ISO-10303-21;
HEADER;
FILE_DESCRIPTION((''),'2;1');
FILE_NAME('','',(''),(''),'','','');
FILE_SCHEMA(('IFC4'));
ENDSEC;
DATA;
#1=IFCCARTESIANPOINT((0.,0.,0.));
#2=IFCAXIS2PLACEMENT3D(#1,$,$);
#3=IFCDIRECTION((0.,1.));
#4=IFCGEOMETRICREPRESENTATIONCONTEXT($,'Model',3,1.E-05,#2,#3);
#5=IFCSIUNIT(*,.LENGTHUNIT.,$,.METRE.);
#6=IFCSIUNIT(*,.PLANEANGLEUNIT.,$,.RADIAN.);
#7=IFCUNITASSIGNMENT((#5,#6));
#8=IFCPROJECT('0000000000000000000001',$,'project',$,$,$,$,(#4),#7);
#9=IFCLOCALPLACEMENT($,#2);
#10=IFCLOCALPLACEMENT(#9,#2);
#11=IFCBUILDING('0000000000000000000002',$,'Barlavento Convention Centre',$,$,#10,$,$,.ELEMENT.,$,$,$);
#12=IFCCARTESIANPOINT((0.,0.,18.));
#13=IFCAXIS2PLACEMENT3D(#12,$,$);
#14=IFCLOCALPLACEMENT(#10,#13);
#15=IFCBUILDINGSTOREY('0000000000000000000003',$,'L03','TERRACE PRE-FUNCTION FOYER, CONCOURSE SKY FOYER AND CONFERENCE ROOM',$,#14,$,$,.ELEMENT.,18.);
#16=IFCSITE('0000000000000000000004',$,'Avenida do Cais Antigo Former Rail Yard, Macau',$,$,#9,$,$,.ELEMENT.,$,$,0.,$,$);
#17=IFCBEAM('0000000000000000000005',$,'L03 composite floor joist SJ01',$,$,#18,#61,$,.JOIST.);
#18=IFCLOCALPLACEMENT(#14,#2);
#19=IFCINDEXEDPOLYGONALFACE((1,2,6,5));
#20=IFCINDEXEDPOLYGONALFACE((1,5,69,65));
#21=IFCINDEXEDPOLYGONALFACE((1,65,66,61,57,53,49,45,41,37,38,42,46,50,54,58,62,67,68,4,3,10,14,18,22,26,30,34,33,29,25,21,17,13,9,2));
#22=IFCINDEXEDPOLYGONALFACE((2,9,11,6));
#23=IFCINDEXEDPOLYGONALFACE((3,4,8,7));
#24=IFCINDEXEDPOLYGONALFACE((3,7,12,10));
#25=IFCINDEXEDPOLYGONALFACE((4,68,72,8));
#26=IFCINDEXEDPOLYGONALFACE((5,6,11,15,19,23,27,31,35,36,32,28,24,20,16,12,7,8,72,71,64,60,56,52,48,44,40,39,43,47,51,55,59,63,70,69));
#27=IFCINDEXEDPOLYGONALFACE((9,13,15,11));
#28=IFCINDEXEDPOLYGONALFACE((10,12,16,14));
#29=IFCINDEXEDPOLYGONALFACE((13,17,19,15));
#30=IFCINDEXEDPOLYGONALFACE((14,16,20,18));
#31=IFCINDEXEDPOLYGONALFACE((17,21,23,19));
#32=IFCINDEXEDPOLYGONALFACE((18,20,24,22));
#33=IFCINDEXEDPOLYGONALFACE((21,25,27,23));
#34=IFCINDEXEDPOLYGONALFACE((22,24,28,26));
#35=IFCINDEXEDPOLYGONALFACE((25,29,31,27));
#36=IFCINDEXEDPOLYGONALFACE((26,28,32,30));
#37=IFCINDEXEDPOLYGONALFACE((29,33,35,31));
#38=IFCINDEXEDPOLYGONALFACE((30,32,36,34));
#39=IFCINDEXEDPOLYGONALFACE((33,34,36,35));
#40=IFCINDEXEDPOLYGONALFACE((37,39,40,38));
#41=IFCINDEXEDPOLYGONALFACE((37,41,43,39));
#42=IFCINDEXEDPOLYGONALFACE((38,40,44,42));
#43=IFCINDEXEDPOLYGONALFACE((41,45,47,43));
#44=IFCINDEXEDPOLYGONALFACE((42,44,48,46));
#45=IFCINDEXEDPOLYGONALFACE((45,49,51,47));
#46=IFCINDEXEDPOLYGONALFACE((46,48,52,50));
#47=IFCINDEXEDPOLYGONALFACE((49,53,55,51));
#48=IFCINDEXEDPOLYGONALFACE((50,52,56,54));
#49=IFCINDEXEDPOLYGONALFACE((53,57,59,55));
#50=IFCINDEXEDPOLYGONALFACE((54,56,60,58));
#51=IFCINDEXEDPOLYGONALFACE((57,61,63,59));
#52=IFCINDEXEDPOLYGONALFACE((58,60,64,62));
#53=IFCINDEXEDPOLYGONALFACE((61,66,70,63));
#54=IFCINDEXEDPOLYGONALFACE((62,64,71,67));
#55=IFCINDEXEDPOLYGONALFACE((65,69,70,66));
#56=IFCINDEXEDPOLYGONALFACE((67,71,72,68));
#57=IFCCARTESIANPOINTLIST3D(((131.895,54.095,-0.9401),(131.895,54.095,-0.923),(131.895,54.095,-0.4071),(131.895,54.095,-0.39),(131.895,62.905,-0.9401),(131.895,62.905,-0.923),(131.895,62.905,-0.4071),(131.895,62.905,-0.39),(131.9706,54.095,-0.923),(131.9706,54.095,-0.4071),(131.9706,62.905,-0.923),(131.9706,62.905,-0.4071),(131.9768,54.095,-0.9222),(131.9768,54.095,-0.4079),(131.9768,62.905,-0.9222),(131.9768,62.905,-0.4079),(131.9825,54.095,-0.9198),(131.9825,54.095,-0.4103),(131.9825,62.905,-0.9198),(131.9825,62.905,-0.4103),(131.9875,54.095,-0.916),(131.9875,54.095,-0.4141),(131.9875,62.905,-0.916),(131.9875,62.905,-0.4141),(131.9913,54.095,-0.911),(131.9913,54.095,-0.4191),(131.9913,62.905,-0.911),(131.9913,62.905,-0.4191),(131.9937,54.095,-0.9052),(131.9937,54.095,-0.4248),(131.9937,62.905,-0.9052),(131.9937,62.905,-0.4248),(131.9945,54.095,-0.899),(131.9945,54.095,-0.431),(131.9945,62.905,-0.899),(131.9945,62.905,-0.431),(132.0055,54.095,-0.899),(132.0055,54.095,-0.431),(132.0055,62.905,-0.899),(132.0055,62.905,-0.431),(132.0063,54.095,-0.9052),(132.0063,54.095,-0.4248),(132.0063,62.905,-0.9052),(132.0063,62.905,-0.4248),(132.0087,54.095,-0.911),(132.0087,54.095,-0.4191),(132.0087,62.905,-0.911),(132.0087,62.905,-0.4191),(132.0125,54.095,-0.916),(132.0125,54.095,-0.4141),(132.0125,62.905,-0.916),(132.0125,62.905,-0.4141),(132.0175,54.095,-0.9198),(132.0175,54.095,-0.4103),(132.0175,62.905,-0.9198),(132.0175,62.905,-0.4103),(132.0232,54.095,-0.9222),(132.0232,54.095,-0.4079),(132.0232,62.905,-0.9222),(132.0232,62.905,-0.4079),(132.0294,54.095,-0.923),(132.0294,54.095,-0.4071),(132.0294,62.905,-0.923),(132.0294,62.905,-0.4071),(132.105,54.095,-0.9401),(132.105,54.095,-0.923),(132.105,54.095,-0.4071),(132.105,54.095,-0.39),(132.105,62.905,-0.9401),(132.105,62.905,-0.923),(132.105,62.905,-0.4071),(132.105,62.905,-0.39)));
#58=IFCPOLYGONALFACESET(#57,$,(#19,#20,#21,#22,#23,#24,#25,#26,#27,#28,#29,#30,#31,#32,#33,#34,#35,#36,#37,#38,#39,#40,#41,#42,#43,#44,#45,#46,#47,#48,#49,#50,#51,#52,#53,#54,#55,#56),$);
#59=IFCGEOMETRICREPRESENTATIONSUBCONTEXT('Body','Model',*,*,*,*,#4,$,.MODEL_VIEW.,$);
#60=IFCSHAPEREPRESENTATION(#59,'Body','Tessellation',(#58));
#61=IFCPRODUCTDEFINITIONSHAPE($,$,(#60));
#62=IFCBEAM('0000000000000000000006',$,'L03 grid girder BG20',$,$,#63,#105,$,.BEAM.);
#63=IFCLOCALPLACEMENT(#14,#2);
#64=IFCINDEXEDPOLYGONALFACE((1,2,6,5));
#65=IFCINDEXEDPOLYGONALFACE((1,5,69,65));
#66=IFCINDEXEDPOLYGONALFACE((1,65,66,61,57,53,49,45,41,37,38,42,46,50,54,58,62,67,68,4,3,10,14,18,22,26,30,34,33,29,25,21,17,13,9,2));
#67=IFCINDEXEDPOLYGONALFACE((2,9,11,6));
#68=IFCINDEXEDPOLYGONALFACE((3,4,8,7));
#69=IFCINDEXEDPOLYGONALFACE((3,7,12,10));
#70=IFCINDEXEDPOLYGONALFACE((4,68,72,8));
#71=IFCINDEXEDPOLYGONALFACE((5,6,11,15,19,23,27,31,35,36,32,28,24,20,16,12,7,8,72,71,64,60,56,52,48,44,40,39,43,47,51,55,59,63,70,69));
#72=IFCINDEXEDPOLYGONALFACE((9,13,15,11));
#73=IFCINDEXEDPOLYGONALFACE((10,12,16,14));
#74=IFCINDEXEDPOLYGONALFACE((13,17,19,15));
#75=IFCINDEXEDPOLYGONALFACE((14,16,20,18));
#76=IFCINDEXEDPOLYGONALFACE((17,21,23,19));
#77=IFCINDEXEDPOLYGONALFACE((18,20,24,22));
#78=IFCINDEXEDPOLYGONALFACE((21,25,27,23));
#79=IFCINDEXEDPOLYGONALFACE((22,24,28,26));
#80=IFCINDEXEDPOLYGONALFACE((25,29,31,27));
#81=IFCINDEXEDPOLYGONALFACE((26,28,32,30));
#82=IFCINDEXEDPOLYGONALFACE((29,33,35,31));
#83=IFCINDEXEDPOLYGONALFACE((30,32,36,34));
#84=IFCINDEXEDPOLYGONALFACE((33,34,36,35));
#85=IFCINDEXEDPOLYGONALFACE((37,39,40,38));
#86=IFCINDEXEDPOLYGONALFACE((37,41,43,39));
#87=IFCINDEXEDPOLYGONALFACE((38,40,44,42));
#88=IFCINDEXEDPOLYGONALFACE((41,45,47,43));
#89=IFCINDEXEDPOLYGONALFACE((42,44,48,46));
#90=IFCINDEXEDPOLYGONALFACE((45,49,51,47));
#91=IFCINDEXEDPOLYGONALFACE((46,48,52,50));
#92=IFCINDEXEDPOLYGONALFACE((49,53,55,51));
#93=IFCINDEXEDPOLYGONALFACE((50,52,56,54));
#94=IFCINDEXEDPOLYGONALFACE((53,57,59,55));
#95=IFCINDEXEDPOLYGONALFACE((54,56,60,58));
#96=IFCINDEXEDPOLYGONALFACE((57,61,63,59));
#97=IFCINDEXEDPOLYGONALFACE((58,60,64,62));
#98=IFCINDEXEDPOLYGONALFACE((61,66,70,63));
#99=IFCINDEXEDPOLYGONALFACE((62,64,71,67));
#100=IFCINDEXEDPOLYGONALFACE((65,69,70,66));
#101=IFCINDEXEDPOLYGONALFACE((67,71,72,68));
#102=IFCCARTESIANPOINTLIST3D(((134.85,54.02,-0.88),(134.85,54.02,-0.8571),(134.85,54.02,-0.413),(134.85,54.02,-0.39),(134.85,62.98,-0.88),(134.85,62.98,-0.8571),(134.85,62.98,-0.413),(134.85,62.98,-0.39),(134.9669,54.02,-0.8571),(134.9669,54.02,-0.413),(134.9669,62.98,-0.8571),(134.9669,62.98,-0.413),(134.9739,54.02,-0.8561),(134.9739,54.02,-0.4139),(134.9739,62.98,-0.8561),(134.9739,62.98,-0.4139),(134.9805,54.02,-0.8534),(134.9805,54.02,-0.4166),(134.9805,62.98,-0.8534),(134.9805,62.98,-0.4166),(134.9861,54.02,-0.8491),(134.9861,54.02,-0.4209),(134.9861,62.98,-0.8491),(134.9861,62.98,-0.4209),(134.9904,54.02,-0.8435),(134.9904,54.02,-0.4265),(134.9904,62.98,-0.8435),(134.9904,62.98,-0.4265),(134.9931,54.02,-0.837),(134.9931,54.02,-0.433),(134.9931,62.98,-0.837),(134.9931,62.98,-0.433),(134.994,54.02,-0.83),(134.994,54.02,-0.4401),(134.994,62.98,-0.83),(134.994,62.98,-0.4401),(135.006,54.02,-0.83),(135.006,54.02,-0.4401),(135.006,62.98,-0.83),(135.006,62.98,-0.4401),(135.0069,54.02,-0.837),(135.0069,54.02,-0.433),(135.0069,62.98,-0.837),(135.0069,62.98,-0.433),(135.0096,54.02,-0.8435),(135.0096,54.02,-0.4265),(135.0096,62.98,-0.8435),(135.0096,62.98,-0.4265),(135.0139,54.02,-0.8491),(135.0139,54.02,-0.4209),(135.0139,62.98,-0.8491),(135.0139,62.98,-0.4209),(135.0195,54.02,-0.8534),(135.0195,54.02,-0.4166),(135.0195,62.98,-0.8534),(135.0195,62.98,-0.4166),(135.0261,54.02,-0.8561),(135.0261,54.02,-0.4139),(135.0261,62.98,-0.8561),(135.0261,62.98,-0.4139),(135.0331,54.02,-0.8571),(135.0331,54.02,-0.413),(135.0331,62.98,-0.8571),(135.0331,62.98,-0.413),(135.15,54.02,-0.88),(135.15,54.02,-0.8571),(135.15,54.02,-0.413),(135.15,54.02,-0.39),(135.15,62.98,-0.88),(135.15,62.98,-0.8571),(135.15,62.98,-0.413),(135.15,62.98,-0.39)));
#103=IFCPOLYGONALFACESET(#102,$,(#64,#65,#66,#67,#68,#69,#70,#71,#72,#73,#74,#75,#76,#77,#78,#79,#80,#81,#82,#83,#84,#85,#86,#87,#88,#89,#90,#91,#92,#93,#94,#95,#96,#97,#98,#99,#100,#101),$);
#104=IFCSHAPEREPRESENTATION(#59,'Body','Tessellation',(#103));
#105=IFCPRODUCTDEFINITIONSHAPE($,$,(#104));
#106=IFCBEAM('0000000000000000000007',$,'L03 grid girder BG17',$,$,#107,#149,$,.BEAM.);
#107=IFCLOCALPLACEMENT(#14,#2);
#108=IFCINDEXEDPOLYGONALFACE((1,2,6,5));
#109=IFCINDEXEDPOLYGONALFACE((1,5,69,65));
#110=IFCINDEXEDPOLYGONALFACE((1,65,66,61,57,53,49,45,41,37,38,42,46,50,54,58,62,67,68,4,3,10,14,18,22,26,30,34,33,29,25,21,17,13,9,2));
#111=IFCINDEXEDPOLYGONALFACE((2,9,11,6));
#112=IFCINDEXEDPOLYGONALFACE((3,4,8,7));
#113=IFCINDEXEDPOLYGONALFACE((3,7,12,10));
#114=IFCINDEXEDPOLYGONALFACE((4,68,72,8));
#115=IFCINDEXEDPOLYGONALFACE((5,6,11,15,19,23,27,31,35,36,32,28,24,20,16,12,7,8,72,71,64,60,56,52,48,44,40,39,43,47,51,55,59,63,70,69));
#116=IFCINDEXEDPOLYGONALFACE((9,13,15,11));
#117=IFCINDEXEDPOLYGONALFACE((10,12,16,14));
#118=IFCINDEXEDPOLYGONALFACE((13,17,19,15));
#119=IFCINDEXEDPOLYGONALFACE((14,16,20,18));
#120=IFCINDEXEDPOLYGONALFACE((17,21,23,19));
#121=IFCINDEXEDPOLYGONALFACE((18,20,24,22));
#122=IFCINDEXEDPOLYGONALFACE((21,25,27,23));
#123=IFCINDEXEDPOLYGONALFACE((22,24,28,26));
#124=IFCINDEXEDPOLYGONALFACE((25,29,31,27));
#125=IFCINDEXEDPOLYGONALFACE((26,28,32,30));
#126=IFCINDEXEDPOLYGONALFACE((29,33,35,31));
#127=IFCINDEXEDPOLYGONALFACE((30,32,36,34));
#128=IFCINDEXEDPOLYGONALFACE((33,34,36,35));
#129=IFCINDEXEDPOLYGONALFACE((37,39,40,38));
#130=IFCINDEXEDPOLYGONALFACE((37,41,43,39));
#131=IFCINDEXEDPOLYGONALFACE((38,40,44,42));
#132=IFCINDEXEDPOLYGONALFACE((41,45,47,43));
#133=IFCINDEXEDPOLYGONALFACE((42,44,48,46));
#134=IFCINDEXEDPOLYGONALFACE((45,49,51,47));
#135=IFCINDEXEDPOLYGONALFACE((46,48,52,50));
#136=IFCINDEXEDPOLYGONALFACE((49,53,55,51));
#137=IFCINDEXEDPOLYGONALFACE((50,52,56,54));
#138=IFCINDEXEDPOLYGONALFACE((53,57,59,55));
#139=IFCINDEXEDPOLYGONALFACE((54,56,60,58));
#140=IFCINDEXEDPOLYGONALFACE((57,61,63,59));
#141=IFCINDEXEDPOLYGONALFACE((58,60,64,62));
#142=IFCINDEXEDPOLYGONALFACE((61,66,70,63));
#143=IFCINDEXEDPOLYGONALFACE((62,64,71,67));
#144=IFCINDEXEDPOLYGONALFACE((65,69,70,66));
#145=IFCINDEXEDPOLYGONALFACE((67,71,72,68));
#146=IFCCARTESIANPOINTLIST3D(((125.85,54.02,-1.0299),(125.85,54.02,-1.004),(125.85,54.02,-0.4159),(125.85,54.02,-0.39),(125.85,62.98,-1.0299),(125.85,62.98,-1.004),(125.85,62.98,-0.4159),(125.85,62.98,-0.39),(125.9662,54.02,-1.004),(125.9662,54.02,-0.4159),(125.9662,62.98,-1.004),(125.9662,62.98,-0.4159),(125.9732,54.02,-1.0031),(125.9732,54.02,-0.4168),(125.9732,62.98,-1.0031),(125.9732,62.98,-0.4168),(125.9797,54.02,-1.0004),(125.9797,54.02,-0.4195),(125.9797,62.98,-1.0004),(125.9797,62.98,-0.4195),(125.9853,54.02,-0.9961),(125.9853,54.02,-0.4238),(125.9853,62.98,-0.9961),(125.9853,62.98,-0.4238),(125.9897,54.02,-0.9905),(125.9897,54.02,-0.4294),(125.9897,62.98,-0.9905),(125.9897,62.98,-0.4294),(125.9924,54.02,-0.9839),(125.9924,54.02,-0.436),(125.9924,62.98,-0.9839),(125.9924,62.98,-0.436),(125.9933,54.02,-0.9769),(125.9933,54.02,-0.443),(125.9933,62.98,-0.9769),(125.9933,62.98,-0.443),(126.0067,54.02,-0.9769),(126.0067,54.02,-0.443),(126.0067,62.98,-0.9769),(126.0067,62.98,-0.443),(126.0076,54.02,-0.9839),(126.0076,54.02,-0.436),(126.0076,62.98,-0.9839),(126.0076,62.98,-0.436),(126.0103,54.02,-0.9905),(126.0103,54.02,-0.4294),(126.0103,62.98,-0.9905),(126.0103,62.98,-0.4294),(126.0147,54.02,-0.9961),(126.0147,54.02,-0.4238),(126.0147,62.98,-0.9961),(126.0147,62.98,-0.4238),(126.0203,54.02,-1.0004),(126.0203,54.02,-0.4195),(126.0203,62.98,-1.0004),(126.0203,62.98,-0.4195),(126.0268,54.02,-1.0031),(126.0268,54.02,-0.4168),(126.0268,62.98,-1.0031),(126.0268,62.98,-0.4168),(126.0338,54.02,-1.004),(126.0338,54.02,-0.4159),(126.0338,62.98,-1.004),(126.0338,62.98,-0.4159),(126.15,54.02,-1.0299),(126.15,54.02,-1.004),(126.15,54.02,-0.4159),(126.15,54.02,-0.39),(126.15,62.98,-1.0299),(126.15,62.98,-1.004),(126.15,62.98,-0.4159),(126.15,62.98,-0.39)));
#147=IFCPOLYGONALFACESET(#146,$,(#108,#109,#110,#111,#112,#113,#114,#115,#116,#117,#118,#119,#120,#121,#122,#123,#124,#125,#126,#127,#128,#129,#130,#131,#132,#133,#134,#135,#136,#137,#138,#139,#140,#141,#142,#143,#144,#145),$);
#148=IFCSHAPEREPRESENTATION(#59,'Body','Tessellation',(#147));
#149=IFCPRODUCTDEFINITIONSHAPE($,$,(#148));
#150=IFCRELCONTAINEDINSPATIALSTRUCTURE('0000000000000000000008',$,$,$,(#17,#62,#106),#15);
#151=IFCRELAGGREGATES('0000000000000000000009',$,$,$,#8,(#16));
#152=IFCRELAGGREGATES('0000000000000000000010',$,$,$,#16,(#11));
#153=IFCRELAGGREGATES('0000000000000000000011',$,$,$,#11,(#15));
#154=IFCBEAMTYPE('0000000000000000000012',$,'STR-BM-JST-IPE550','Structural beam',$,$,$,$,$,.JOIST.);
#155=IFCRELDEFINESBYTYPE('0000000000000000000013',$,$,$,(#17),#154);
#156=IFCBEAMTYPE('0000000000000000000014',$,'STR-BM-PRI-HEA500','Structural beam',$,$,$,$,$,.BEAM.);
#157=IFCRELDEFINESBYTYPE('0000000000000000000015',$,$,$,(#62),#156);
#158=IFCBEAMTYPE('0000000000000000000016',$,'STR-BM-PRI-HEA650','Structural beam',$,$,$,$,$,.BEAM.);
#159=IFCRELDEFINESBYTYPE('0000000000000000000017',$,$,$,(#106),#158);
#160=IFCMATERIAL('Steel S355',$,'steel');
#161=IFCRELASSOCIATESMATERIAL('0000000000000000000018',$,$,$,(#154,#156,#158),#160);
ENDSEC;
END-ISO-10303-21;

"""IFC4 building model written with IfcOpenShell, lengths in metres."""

from ifc_helpers import new_model, si_unit, direction, frame, origin, origin_2d, place, context, subcontext, project, spatial, i_section, extrude, material, material_profile, profile_set, type_object, element, save


model = new_model("IFC4")

# Units and contexts
model_context = context("Model", 3, precision=1e-05, world=origin(), true_north=direction((0.0, 1.0)))
body_context = subcontext(model_context, "Body", "Model", "MODEL_VIEW")
ifc_project = project(units=[si_unit("LENGTHUNIT", "METRE"), si_unit("PLANEANGLEUNIT", "RADIAN")], contexts=[model_context])

# Site, building, storey
site_placement = place(None, origin())
site = spatial("IfcSite", under=ifc_project, at=site_placement, Name="Avenida do Cais Antigo Former Rail Yard, Macau", CompositionType="ELEMENT", RefElevation=0.0)
building_placement = place(site_placement, origin())
building = spatial("IfcBuilding", under=site, at=building_placement, Name="Barlavento Convention Centre", CompositionType="ELEMENT")
storey_placement = place(building_placement, frame((0.0, 0.0, 18.0)))
storey = spatial("IfcBuildingStorey", under=building, at=storey_placement, Name="L03", Description="TERRACE PRE-FUNCTION FOYER, CONCOURSE SKY FOYER AND CONFERENCE ROOM", CompositionType="ELEMENT", Elevation=18.0)

# Shared definitions
ifc_material_1 = material(Name="Steel S355", Category="steel")

# Beams
ifc_material_profile_1 = material_profile(ifc_material_1, i_section(OverallWidth=0.21, OverallDepth=0.55, WebThickness=0.011, FlangeThickness=0.0171, FilletRadius=0.0239, at=origin_2d()), Name="IPE 550")
ifc_profile_set_1 = profile_set([ifc_material_profile_1], Name="Steel S355")
beam_type_1 = type_object("IfcBeamType", Name="STR-BM-JST-IPE550", Description="Structural beam", PredefinedType="JOIST", material=ifc_profile_set_1)
beam_1_placement = place(storey_placement, frame((132.0, 54.095, -0.665), z_axis=(0.0, 1.0, 0.0), x_axis=(-1.0, 0.0, 0.0)))
element("IfcBeam", 1, at=beam_1_placement, inside=storey, type_object=beam_type_1, Name="L03 composite floor joist SJ01", PredefinedType="JOIST", context=body_context, shape_type="SweptSolid", body=[
    extrude(i_section(OverallWidth=0.21, OverallDepth=0.55, WebThickness=0.011, FlangeThickness=0.0171, FilletRadius=0.0239, at=origin_2d()), origin(), (0.0, 0.0, 1.0), 8.8101),
])
ifc_material_profile_2 = material_profile(ifc_material_1, i_section(OverallWidth=0.3, OverallDepth=0.49, WebThickness=0.012, FlangeThickness=0.0229, FilletRadius=0.0271, at=origin_2d()), Name="HEA 500")
ifc_profile_set_2 = profile_set([ifc_material_profile_2], Name="Steel S355")
beam_type_2 = type_object("IfcBeamType", Name="STR-BM-PRI-HEA500", Description="Structural beam", PredefinedType="BEAM", material=ifc_profile_set_2)
beam_2_placement = place(storey_placement, frame((135.0, 54.02, -0.635), z_axis=(0.0, 1.0, 0.0), x_axis=(-1.0, 0.0, 0.0)))
element("IfcBeam", 2, at=beam_2_placement, inside=storey, type_object=beam_type_2, Name="L03 grid girder BG20", PredefinedType="BEAM", context=body_context, shape_type="SweptSolid", body=[
    extrude(i_section(OverallWidth=0.3, OverallDepth=0.49, WebThickness=0.012, FlangeThickness=0.0229, FilletRadius=0.0271, at=origin_2d()), origin(), (0.0, 0.0, 1.0), 8.96),
])
ifc_material_profile_3 = material_profile(ifc_material_1, i_section(OverallWidth=0.3, OverallDepth=0.6399, WebThickness=0.0134, FlangeThickness=0.0259, FilletRadius=0.0271, at=origin_2d()), Name="HEA 650")
ifc_profile_set_3 = profile_set([ifc_material_profile_3], Name="Steel S355")
beam_type_3 = type_object("IfcBeamType", Name="STR-BM-PRI-HEA650", Description="Structural beam", PredefinedType="BEAM", material=ifc_profile_set_3)
beam_3_placement = place(storey_placement, frame((126.0, 54.02, -0.71), z_axis=(0.0, 1.0, 0.0), x_axis=(-1.0, 0.0, 0.0)))
element("IfcBeam", 3, at=beam_3_placement, inside=storey, type_object=beam_type_3, Name="L03 grid girder BG17", PredefinedType="BEAM", context=body_context, shape_type="SweptSolid", body=[
    extrude(i_section(OverallWidth=0.3, OverallDepth=0.6399, WebThickness=0.0134, FlangeThickness=0.0259, FilletRadius=0.0271, at=origin_2d()), origin(), (0.0, 0.0, 1.0), 8.96),
])

save(model, "model.ifc")
